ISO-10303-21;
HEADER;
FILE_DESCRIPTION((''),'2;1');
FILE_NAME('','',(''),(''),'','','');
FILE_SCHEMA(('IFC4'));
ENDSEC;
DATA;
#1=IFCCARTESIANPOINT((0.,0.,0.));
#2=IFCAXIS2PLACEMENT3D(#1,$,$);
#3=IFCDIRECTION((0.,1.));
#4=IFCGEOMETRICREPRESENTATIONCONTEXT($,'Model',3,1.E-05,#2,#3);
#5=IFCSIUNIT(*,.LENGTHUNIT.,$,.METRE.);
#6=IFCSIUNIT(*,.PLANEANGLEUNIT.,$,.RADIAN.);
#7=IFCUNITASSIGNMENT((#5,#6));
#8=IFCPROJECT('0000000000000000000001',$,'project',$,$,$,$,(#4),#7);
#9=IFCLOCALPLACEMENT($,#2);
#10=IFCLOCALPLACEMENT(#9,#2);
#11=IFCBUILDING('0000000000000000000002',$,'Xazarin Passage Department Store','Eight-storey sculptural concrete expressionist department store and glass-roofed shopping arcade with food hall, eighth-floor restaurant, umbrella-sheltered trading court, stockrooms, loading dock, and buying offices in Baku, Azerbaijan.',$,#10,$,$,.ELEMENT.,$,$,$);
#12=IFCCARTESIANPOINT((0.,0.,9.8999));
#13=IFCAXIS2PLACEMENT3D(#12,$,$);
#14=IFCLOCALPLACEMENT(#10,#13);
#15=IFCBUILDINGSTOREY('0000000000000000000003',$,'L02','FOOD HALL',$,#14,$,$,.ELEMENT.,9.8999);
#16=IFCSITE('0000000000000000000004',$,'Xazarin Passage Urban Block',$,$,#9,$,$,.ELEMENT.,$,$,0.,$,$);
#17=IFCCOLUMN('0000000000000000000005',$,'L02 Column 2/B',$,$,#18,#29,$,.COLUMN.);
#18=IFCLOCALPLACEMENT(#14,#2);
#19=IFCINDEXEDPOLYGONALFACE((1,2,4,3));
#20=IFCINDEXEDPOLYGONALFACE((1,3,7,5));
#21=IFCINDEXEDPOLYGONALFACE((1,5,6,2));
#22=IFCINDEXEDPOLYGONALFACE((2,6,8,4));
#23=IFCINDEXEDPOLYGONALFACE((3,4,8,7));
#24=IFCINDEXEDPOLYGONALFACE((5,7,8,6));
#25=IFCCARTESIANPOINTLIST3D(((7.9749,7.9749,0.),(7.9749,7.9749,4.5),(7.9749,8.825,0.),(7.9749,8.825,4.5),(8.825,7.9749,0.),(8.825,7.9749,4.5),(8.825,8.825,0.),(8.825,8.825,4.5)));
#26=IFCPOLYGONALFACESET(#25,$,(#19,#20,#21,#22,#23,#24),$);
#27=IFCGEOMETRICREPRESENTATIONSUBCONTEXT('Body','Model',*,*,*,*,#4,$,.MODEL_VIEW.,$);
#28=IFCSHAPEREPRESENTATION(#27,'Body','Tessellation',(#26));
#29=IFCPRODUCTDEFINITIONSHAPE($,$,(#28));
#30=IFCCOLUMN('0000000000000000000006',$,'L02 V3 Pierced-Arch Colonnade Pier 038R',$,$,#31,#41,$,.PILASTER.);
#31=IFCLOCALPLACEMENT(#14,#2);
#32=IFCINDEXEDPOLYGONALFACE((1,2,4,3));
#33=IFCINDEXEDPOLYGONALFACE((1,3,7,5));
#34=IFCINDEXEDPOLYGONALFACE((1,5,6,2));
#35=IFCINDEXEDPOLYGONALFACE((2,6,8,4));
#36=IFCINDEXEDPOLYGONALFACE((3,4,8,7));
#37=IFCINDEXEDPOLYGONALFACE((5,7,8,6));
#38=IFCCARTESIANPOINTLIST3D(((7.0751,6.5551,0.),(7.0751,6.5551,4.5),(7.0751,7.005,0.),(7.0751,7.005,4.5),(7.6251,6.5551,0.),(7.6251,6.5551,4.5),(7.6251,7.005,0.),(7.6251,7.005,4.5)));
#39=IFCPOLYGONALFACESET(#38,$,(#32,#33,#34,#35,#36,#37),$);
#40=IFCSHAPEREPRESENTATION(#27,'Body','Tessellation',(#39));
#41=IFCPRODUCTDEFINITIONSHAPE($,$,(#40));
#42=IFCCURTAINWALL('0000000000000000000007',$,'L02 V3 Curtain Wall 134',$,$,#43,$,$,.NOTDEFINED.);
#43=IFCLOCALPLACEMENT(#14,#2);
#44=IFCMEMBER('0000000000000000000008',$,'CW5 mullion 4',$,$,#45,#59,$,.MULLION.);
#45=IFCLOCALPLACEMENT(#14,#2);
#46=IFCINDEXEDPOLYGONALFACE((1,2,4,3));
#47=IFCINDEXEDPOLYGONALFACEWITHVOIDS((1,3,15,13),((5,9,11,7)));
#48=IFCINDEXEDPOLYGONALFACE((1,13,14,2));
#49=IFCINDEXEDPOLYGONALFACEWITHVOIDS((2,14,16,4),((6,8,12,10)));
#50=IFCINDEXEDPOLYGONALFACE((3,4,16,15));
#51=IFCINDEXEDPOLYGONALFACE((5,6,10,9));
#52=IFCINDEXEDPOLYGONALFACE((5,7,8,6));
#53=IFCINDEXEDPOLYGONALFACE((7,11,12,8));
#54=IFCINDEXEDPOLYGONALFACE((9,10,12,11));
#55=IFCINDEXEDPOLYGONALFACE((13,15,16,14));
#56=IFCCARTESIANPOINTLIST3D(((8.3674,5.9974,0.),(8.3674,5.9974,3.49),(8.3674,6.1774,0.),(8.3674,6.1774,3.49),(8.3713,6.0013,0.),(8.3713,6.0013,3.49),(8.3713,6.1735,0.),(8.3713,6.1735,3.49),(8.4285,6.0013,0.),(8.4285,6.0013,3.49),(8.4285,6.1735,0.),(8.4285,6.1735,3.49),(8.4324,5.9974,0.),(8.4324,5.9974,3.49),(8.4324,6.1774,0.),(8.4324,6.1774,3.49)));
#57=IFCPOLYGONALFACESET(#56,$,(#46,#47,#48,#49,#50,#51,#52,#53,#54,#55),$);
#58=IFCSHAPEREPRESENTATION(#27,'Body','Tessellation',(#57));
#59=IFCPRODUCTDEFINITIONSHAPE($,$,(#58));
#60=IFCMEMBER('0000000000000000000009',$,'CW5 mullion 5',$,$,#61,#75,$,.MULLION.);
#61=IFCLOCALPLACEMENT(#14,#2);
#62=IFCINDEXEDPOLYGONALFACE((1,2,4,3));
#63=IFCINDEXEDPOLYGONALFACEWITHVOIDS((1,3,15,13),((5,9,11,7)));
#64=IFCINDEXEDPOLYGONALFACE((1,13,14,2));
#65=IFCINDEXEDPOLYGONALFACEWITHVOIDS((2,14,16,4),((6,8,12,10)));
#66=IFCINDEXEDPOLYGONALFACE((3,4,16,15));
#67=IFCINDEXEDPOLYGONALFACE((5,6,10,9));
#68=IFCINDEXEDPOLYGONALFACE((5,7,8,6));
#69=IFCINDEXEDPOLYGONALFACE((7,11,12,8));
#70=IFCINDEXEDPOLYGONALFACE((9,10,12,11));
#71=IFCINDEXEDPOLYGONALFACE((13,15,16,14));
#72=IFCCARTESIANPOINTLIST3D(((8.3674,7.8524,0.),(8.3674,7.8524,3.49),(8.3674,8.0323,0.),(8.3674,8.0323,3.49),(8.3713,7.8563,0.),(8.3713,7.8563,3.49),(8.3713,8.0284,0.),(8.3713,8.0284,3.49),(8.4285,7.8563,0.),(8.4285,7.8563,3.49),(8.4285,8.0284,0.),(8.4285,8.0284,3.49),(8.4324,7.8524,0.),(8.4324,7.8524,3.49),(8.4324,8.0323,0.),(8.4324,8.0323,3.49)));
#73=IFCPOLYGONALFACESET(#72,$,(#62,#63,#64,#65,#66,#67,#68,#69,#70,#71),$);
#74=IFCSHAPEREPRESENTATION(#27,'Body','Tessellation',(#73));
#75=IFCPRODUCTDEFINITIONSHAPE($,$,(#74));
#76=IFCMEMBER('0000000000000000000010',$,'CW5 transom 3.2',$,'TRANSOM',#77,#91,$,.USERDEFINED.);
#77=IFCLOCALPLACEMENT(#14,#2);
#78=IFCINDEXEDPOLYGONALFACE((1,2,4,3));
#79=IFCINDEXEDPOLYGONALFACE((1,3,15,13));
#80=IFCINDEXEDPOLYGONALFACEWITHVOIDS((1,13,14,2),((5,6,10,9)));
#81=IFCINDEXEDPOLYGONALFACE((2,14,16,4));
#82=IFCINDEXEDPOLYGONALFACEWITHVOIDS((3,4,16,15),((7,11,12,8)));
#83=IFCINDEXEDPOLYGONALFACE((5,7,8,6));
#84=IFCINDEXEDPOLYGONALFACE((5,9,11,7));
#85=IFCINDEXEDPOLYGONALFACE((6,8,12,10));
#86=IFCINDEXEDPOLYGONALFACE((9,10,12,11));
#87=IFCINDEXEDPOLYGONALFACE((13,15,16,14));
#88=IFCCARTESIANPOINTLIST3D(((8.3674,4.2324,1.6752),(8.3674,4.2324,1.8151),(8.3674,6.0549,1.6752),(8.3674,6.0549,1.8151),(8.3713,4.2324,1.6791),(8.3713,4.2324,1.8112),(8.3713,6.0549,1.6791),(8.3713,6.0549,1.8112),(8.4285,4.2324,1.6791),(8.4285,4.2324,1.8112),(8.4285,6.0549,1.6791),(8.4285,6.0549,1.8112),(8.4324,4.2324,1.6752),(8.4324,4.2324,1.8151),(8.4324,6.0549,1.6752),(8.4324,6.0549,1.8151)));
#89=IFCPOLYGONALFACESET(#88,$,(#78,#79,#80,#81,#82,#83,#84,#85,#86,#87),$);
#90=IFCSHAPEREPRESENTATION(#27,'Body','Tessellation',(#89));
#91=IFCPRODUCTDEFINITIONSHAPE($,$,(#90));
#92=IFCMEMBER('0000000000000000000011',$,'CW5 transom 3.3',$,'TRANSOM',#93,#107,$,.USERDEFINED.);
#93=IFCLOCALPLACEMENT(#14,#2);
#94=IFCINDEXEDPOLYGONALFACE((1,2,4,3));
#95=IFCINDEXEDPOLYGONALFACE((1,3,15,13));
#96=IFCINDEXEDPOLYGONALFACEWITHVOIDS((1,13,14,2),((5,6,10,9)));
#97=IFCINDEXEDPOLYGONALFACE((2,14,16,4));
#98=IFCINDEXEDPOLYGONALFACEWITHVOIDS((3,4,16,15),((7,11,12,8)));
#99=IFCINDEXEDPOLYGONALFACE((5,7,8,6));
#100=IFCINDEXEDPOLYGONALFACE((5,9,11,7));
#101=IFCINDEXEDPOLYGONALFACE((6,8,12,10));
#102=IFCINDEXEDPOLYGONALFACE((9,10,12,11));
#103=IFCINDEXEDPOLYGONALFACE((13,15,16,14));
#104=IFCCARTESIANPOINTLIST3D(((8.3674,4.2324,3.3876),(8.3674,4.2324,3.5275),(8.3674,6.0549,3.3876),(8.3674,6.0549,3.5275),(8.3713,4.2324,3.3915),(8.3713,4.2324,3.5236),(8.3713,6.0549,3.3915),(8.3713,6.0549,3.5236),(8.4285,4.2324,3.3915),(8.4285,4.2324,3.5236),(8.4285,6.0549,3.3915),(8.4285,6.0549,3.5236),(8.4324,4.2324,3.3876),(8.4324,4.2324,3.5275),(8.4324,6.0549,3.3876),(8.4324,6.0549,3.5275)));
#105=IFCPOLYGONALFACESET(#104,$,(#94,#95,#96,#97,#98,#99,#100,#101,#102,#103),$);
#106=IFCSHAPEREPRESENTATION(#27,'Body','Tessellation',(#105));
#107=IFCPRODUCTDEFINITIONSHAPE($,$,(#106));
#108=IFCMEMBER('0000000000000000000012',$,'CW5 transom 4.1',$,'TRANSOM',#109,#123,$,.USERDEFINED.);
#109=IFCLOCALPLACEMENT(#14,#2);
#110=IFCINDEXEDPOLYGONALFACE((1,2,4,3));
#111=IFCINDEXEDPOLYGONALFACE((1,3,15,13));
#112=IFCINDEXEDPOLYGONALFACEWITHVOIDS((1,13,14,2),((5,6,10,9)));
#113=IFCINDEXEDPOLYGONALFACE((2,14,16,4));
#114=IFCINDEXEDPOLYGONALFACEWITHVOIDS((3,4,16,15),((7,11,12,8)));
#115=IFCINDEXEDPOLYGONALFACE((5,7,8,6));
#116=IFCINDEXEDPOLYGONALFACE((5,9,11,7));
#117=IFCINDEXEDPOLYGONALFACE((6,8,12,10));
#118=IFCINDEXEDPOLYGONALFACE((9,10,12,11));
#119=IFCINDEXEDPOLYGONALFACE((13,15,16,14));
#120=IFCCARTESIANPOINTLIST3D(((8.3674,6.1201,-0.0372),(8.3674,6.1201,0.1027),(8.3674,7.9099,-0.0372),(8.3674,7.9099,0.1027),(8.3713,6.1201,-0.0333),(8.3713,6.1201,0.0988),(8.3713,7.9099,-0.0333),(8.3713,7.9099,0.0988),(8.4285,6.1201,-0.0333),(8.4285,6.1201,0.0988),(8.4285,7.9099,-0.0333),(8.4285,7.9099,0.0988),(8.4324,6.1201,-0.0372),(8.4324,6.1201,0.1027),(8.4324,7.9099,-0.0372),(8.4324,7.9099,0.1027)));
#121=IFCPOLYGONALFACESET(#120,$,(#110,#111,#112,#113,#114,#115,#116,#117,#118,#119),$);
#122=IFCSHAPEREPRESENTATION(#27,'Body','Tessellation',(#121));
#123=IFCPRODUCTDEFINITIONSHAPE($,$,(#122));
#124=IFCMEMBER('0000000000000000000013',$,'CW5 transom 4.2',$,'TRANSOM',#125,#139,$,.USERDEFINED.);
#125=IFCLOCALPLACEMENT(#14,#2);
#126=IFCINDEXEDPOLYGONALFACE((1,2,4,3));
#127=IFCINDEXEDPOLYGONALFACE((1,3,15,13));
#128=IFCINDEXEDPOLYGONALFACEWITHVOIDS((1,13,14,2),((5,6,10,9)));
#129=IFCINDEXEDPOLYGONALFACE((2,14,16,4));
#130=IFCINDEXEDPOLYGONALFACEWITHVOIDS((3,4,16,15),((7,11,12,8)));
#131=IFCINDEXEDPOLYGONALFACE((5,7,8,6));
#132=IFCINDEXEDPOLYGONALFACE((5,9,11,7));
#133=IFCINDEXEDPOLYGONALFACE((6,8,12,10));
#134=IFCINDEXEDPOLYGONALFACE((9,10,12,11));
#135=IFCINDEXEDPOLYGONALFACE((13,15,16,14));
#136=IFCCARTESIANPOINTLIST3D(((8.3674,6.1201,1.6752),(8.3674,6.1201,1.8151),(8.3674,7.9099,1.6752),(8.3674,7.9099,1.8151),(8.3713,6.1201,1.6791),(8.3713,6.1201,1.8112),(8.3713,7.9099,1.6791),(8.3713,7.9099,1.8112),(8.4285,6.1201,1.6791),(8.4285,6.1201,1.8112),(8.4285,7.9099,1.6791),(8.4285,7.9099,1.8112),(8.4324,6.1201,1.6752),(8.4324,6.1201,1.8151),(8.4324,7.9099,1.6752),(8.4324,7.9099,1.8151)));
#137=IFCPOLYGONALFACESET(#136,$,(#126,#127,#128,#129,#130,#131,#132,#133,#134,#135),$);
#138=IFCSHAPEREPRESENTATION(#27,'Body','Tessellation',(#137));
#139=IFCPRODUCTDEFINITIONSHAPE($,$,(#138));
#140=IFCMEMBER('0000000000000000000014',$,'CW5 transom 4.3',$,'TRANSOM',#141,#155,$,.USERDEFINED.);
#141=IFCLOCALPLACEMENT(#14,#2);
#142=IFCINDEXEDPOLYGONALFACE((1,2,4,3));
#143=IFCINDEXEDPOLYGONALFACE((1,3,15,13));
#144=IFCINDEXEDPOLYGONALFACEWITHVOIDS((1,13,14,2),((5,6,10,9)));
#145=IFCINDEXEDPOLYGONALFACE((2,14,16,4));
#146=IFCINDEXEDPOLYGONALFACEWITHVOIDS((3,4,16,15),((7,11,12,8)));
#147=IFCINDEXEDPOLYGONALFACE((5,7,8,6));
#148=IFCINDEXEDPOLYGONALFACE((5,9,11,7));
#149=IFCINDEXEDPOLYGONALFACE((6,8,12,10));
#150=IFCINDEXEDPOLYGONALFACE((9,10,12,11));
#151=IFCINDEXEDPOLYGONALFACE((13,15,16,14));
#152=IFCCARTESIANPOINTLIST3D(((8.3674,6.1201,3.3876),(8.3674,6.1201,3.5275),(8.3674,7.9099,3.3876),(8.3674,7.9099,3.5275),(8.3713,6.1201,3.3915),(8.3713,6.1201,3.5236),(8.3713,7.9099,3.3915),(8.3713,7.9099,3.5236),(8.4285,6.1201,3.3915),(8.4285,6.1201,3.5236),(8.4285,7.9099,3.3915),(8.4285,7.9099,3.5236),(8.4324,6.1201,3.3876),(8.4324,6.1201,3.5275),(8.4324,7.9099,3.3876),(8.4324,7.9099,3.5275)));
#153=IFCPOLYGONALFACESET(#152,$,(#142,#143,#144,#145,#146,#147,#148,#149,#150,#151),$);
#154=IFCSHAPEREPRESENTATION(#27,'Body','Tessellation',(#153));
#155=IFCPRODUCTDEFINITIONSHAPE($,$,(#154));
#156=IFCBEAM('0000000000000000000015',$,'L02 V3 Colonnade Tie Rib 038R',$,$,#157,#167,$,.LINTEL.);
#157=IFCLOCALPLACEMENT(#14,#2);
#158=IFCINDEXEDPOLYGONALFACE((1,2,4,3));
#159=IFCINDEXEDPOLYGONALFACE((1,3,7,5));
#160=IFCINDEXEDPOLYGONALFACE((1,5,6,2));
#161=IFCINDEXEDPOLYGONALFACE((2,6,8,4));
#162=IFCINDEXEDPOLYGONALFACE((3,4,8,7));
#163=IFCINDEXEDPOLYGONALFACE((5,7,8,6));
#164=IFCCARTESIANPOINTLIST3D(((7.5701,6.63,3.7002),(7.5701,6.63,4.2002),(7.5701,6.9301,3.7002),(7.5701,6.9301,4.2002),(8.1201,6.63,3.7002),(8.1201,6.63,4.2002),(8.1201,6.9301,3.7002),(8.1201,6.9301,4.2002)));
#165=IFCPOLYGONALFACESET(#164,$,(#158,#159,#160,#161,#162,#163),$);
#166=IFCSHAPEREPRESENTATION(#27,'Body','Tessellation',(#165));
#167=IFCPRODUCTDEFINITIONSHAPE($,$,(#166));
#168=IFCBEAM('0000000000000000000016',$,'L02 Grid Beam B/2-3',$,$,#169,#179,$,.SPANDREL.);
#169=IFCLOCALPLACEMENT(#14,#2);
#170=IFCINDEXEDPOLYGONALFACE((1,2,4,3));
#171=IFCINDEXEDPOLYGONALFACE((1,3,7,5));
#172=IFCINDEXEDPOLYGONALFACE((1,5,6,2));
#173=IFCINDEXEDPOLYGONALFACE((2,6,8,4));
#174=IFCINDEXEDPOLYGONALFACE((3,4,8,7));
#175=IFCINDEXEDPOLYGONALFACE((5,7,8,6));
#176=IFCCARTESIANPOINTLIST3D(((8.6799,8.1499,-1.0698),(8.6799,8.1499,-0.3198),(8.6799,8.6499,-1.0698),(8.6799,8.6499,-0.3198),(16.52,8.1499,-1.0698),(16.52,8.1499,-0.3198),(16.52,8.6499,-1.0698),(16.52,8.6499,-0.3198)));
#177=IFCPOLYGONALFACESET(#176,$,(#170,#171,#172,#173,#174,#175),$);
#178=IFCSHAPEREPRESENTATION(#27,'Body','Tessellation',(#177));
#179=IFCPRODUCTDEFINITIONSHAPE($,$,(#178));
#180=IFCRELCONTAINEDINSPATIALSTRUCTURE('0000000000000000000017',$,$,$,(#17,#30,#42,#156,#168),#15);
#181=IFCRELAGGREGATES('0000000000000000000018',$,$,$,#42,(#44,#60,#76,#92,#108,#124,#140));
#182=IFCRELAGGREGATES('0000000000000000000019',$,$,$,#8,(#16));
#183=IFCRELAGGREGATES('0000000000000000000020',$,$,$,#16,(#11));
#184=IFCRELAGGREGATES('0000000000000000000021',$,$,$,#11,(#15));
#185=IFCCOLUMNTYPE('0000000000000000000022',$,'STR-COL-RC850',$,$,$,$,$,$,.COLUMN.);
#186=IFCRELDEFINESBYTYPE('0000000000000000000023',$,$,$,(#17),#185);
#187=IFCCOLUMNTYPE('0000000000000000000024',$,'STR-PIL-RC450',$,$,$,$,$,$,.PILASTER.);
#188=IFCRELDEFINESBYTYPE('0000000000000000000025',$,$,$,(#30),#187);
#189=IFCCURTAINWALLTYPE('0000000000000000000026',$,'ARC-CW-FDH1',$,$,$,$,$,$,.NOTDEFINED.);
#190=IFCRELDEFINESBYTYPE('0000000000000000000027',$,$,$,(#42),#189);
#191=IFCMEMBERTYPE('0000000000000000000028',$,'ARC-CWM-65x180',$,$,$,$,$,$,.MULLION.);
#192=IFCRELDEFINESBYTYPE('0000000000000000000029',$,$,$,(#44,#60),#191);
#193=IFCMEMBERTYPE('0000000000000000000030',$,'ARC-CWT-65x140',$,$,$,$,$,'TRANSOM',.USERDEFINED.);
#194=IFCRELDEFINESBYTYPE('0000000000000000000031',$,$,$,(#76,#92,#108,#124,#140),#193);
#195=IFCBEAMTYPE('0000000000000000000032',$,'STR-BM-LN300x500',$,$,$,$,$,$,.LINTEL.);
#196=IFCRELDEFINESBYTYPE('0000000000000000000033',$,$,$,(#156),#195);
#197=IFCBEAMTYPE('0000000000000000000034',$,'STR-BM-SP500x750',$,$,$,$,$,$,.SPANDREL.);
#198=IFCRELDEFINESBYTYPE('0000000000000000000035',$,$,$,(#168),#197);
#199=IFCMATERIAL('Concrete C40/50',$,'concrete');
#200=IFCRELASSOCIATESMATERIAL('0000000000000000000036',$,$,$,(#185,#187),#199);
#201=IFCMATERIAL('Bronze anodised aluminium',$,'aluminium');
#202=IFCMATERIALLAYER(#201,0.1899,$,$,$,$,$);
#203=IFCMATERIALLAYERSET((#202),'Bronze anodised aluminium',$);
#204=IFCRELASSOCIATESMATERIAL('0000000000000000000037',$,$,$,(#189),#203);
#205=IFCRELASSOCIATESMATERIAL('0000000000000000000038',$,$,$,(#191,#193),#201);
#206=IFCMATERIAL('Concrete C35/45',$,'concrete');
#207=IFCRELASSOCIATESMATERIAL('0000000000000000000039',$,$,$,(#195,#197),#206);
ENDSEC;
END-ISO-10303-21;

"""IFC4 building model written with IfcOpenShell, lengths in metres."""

from ifc_helpers import new_model, si_unit, direction, frame, origin, origin_2d, place, context, subcontext, project, spatial, rectangle, hollow_rectangle, extrude, material, layer, layer_set, material_profile, profile_set, type_object, element, aggregate, save


model = new_model("IFC4")

# Units and contexts
model_context = context("Model", 3, precision=1e-05, world=origin(), true_north=direction((0.0, 1.0)))
body_context = subcontext(model_context, "Body", "Model", "MODEL_VIEW")
ifc_project = project(units=[si_unit("LENGTHUNIT", "METRE"), si_unit("PLANEANGLEUNIT", "RADIAN")], contexts=[model_context])

# Site, building, storey
site_placement = place(None, origin())
site = spatial("IfcSite", under=ifc_project, at=site_placement, Name="Xazarin Passage Urban Block", CompositionType="ELEMENT", RefElevation=0.0)
building_placement = place(site_placement, origin())
building = spatial("IfcBuilding", under=site, at=building_placement, Name="Xazarin Passage Department Store", Description="Eight-storey sculptural concrete expressionist department store and glass-roofed shopping arcade with food hall, eighth-floor restaurant, umbrella-sheltered trading court, stockrooms, loading dock, and buying offices in Baku, Azerbaijan.", CompositionType="ELEMENT")
storey_placement = place(building_placement, frame((0.0, 0.0, 9.8999)))
storey = spatial("IfcBuildingStorey", under=building, at=storey_placement, Name="L02", Description="FOOD HALL", CompositionType="ELEMENT", Elevation=9.8999)

# Columns
ifc_material_1 = material(Name="Concrete C40/50", Category="concrete")
ifc_material_profile_1 = material_profile(ifc_material_1, rectangle(XDim=0.8501, YDim=0.8501, at=origin_2d()), Name="RC 850x850")
ifc_profile_set_1 = profile_set([ifc_material_profile_1], Name="Concrete C40/50")
column_type_1 = type_object("IfcColumnType", Name="STR-COL-RC850", PredefinedType="COLUMN", material=ifc_profile_set_1)
column_1_placement = place(storey_placement, frame((8.3999, 8.3999, 0.0), z_axis=(0.0, 0.0, 1.0), x_axis=(1.0, 0.0, 0.0)))
element("IfcColumn", 1, at=column_1_placement, inside=storey, type_object=column_type_1, Name="L02 Column 2/B", PredefinedType="COLUMN", context=body_context, shape_type="SweptSolid", body=[
    extrude(rectangle(XDim=0.8501, YDim=0.8501, at=origin_2d()), origin(), (0.0, 0.0, 1.0), 4.5),
])
ifc_material_profile_2 = material_profile(ifc_material_1, rectangle(XDim=0.45, YDim=0.55, at=origin_2d()), Name="RC 450x550")
ifc_profile_set_2 = profile_set([ifc_material_profile_2], Name="Concrete C40/50")
column_type_2 = type_object("IfcColumnType", Name="STR-PIL-RC450", PredefinedType="PILASTER", material=ifc_profile_set_2)
column_2_placement = place(storey_placement, frame((7.3501, 6.78, 0.0), z_axis=(0.0, 0.0, 1.0), x_axis=(0.0, 1.0, 0.0)))
element("IfcColumn", 2, at=column_2_placement, inside=storey, type_object=column_type_2, Name="L02 V3 Pierced-Arch Colonnade Pier 038R", PredefinedType="PILASTER", context=body_context, shape_type="SweptSolid", body=[
    extrude(rectangle(XDim=0.45, YDim=0.55, at=origin_2d()), origin(), (0.0, 0.0, 1.0), 4.5),
])

# Curtain wall, members
ifc_material_2 = material(Name="Bronze anodised aluminium", Category="aluminium")
ifc_layer_1 = layer(ifc_material_2, 0.1899)
ifc_layer_set_1 = layer_set([ifc_layer_1], Name="Bronze anodised aluminium")
curtain_wall_type = type_object("IfcCurtainWallType", Name="ARC-CW-FDH1", PredefinedType="NOTDEFINED", material=ifc_layer_set_1)
curtain_wall_placement = place(storey_placement, origin())
curtain_wall = element("IfcCurtainWall", 3, at=curtain_wall_placement, inside=storey, type_object=curtain_wall_type, Name="L02 V3 Curtain Wall 134", PredefinedType="NOTDEFINED")
ifc_material_profile_3 = material_profile(ifc_material_2, hollow_rectangle(XDim=0.0649, YDim=0.1799, WallThickness=0.0039, at=origin_2d()), Name="ALU 65x180")
ifc_profile_set_3 = profile_set([ifc_material_profile_3], Name="Bronze anodised aluminium")
member_type_1 = type_object("IfcMemberType", Name="ARC-CWM-65x180", PredefinedType="MULLION", material=ifc_profile_set_3)
member_1_placement = place(storey_placement, frame((8.3999, 6.0874, 0.0), z_axis=(0.0, 0.0, 1.0), x_axis=(-1.0, 0.0, 0.0)))
member_1 = element("IfcMember", 4, at=member_1_placement, type_object=member_type_1, Name="CW5 mullion 4", PredefinedType="MULLION", context=body_context, shape_type="SweptSolid", body=[
    extrude(hollow_rectangle(XDim=0.0649, YDim=0.1799, WallThickness=0.0039, at=origin_2d()), origin(), (0.0, 0.0, 1.0), 3.49),
])
member_2_placement = place(storey_placement, frame((8.3999, 7.9424, 0.0), z_axis=(0.0, 0.0, 1.0), x_axis=(-1.0, 0.0, 0.0)))
member_2 = element("IfcMember", 5, at=member_2_placement, type_object=member_type_1, Name="CW5 mullion 5", PredefinedType="MULLION", context=body_context, shape_type="SweptSolid", body=[
    extrude(hollow_rectangle(XDim=0.0649, YDim=0.1799, WallThickness=0.0039, at=origin_2d()), origin(), (0.0, 0.0, 1.0), 3.49),
])
ifc_material_profile_4 = material_profile(ifc_material_2, hollow_rectangle(XDim=0.0649, YDim=0.1399, WallThickness=0.0039, at=origin_2d()), Name="ALU 65x140")
ifc_profile_set_4 = profile_set([ifc_material_profile_4], Name="Bronze anodised aluminium")
member_type_2 = type_object("IfcMemberType", Name="ARC-CWT-65x140", ElementType="TRANSOM", PredefinedType="USERDEFINED", material=ifc_profile_set_4)
member_3_placement = place(storey_placement, frame((8.3999, 4.2324, 1.7451), z_axis=(0.0, 1.0, 0.0), x_axis=(-1.0, 0.0, 0.0)))
member_3 = element("IfcMember", 6, at=member_3_placement, type_object=member_type_2, Name="CW5 transom 3.2", ObjectType="TRANSOM", PredefinedType="USERDEFINED", context=body_context, shape_type="SweptSolid", body=[
    extrude(hollow_rectangle(XDim=0.0649, YDim=0.1399, WallThickness=0.0039, at=origin_2d()), origin(), (0.0, 0.0, 1.0), 1.8225),
])
member_4_placement = place(storey_placement, frame((8.3999, 4.2324, 3.4575), z_axis=(0.0, 1.0, 0.0), x_axis=(-1.0, 0.0, 0.0)))
member_4 = element("IfcMember", 7, at=member_4_placement, type_object=member_type_2, Name="CW5 transom 3.3", ObjectType="TRANSOM", PredefinedType="USERDEFINED", context=body_context, shape_type="SweptSolid", body=[
    extrude(hollow_rectangle(XDim=0.0649, YDim=0.1399, WallThickness=0.0039, at=origin_2d()), origin(), (0.0, 0.0, 1.0), 1.8225),
])
member_5_placement = place(storey_placement, frame((8.3999, 6.1201, 0.0327), z_axis=(0.0, 1.0, 0.0), x_axis=(-1.0, 0.0, 0.0)))
member_5 = element("IfcMember", 8, at=member_5_placement, type_object=member_type_2, Name="CW5 transom 4.1", ObjectType="TRANSOM", PredefinedType="USERDEFINED", context=body_context, shape_type="SweptSolid", body=[
    extrude(hollow_rectangle(XDim=0.0649, YDim=0.1399, WallThickness=0.0039, at=origin_2d()), origin(), (0.0, 0.0, 1.0), 1.7898),
])
member_6_placement = place(storey_placement, frame((8.3999, 6.1201, 1.7451), z_axis=(0.0, 1.0, 0.0), x_axis=(-1.0, 0.0, 0.0)))
member_6 = element("IfcMember", 9, at=member_6_placement, type_object=member_type_2, Name="CW5 transom 4.2", ObjectType="TRANSOM", PredefinedType="USERDEFINED", context=body_context, shape_type="SweptSolid", body=[
    extrude(hollow_rectangle(XDim=0.0649, YDim=0.1399, WallThickness=0.0039, at=origin_2d()), origin(), (0.0, 0.0, 1.0), 1.7898),
])
member_7_placement = place(storey_placement, frame((8.3999, 6.1201, 3.4575), z_axis=(0.0, 1.0, 0.0), x_axis=(-1.0, 0.0, 0.0)))
member_7 = element("IfcMember", 10, at=member_7_placement, type_object=member_type_2, Name="CW5 transom 4.3", ObjectType="TRANSOM", PredefinedType="USERDEFINED", context=body_context, shape_type="SweptSolid", body=[
    extrude(hollow_rectangle(XDim=0.0649, YDim=0.1399, WallThickness=0.0039, at=origin_2d()), origin(), (0.0, 0.0, 1.0), 1.7898),
])

# Beams
ifc_material_3 = material(Name="Concrete C35/45", Category="concrete")
ifc_material_profile_5 = material_profile(ifc_material_3, rectangle(XDim=0.3, YDim=0.5, at=origin_2d()), Name="RC 300x500")
ifc_profile_set_5 = profile_set([ifc_material_profile_5], Name="Concrete C35/45")
beam_type_1 = type_object("IfcBeamType", Name="STR-BM-LN300x500", PredefinedType="LINTEL", material=ifc_profile_set_5)
beam_placement = place(storey_placement, frame((8.1201, 6.78, 3.9502), z_axis=(-1.0, 0.0, 0.0), x_axis=(0.0, -1.0, 0.0)))
element("IfcBeam", 11, at=beam_placement, inside=storey, type_object=beam_type_1, Name="L02 V3 Colonnade Tie Rib 038R", PredefinedType="LINTEL", context=body_context, shape_type="SweptSolid", body=[
    extrude(rectangle(XDim=0.3, YDim=0.5, at=origin_2d()), origin(), (0.0, 0.0, 1.0), 0.55),
])
ifc_material_profile_6 = material_profile(ifc_material_3, rectangle(XDim=0.5, YDim=0.75, at=origin_2d()), Name="RC 500x750")
ifc_profile_set_6 = profile_set([ifc_material_profile_6], Name="Concrete C35/45")
beam_type_2 = type_object("IfcBeamType", Name="STR-BM-SP500x750", PredefinedType="SPANDREL", material=ifc_profile_set_6)
for number, where, z_axis, x_axis, name in (
    (12, (8.6799, 8.3999, -0.6948), (1.0, 0.0, 0.0), (0.0, 1.0, 0.0), "L02 Grid Beam B/2-3"),
):
    element("IfcBeam", number, at=place(storey_placement, frame(where, z_axis=z_axis, x_axis=x_axis)), inside=storey, type_object=beam_type_2, Name=name, PredefinedType="SPANDREL", context=body_context, shape_type="SweptSolid", body=[
        extrude(rectangle(XDim=0.5, YDim=0.75, at=origin_2d()), origin(), (0.0, 0.0, 1.0), 7.8401),
    ])

aggregate(curtain_wall, [member_1, member_2, member_3, member_4, member_5, member_6, member_7])

save(model, "model.ifc")
